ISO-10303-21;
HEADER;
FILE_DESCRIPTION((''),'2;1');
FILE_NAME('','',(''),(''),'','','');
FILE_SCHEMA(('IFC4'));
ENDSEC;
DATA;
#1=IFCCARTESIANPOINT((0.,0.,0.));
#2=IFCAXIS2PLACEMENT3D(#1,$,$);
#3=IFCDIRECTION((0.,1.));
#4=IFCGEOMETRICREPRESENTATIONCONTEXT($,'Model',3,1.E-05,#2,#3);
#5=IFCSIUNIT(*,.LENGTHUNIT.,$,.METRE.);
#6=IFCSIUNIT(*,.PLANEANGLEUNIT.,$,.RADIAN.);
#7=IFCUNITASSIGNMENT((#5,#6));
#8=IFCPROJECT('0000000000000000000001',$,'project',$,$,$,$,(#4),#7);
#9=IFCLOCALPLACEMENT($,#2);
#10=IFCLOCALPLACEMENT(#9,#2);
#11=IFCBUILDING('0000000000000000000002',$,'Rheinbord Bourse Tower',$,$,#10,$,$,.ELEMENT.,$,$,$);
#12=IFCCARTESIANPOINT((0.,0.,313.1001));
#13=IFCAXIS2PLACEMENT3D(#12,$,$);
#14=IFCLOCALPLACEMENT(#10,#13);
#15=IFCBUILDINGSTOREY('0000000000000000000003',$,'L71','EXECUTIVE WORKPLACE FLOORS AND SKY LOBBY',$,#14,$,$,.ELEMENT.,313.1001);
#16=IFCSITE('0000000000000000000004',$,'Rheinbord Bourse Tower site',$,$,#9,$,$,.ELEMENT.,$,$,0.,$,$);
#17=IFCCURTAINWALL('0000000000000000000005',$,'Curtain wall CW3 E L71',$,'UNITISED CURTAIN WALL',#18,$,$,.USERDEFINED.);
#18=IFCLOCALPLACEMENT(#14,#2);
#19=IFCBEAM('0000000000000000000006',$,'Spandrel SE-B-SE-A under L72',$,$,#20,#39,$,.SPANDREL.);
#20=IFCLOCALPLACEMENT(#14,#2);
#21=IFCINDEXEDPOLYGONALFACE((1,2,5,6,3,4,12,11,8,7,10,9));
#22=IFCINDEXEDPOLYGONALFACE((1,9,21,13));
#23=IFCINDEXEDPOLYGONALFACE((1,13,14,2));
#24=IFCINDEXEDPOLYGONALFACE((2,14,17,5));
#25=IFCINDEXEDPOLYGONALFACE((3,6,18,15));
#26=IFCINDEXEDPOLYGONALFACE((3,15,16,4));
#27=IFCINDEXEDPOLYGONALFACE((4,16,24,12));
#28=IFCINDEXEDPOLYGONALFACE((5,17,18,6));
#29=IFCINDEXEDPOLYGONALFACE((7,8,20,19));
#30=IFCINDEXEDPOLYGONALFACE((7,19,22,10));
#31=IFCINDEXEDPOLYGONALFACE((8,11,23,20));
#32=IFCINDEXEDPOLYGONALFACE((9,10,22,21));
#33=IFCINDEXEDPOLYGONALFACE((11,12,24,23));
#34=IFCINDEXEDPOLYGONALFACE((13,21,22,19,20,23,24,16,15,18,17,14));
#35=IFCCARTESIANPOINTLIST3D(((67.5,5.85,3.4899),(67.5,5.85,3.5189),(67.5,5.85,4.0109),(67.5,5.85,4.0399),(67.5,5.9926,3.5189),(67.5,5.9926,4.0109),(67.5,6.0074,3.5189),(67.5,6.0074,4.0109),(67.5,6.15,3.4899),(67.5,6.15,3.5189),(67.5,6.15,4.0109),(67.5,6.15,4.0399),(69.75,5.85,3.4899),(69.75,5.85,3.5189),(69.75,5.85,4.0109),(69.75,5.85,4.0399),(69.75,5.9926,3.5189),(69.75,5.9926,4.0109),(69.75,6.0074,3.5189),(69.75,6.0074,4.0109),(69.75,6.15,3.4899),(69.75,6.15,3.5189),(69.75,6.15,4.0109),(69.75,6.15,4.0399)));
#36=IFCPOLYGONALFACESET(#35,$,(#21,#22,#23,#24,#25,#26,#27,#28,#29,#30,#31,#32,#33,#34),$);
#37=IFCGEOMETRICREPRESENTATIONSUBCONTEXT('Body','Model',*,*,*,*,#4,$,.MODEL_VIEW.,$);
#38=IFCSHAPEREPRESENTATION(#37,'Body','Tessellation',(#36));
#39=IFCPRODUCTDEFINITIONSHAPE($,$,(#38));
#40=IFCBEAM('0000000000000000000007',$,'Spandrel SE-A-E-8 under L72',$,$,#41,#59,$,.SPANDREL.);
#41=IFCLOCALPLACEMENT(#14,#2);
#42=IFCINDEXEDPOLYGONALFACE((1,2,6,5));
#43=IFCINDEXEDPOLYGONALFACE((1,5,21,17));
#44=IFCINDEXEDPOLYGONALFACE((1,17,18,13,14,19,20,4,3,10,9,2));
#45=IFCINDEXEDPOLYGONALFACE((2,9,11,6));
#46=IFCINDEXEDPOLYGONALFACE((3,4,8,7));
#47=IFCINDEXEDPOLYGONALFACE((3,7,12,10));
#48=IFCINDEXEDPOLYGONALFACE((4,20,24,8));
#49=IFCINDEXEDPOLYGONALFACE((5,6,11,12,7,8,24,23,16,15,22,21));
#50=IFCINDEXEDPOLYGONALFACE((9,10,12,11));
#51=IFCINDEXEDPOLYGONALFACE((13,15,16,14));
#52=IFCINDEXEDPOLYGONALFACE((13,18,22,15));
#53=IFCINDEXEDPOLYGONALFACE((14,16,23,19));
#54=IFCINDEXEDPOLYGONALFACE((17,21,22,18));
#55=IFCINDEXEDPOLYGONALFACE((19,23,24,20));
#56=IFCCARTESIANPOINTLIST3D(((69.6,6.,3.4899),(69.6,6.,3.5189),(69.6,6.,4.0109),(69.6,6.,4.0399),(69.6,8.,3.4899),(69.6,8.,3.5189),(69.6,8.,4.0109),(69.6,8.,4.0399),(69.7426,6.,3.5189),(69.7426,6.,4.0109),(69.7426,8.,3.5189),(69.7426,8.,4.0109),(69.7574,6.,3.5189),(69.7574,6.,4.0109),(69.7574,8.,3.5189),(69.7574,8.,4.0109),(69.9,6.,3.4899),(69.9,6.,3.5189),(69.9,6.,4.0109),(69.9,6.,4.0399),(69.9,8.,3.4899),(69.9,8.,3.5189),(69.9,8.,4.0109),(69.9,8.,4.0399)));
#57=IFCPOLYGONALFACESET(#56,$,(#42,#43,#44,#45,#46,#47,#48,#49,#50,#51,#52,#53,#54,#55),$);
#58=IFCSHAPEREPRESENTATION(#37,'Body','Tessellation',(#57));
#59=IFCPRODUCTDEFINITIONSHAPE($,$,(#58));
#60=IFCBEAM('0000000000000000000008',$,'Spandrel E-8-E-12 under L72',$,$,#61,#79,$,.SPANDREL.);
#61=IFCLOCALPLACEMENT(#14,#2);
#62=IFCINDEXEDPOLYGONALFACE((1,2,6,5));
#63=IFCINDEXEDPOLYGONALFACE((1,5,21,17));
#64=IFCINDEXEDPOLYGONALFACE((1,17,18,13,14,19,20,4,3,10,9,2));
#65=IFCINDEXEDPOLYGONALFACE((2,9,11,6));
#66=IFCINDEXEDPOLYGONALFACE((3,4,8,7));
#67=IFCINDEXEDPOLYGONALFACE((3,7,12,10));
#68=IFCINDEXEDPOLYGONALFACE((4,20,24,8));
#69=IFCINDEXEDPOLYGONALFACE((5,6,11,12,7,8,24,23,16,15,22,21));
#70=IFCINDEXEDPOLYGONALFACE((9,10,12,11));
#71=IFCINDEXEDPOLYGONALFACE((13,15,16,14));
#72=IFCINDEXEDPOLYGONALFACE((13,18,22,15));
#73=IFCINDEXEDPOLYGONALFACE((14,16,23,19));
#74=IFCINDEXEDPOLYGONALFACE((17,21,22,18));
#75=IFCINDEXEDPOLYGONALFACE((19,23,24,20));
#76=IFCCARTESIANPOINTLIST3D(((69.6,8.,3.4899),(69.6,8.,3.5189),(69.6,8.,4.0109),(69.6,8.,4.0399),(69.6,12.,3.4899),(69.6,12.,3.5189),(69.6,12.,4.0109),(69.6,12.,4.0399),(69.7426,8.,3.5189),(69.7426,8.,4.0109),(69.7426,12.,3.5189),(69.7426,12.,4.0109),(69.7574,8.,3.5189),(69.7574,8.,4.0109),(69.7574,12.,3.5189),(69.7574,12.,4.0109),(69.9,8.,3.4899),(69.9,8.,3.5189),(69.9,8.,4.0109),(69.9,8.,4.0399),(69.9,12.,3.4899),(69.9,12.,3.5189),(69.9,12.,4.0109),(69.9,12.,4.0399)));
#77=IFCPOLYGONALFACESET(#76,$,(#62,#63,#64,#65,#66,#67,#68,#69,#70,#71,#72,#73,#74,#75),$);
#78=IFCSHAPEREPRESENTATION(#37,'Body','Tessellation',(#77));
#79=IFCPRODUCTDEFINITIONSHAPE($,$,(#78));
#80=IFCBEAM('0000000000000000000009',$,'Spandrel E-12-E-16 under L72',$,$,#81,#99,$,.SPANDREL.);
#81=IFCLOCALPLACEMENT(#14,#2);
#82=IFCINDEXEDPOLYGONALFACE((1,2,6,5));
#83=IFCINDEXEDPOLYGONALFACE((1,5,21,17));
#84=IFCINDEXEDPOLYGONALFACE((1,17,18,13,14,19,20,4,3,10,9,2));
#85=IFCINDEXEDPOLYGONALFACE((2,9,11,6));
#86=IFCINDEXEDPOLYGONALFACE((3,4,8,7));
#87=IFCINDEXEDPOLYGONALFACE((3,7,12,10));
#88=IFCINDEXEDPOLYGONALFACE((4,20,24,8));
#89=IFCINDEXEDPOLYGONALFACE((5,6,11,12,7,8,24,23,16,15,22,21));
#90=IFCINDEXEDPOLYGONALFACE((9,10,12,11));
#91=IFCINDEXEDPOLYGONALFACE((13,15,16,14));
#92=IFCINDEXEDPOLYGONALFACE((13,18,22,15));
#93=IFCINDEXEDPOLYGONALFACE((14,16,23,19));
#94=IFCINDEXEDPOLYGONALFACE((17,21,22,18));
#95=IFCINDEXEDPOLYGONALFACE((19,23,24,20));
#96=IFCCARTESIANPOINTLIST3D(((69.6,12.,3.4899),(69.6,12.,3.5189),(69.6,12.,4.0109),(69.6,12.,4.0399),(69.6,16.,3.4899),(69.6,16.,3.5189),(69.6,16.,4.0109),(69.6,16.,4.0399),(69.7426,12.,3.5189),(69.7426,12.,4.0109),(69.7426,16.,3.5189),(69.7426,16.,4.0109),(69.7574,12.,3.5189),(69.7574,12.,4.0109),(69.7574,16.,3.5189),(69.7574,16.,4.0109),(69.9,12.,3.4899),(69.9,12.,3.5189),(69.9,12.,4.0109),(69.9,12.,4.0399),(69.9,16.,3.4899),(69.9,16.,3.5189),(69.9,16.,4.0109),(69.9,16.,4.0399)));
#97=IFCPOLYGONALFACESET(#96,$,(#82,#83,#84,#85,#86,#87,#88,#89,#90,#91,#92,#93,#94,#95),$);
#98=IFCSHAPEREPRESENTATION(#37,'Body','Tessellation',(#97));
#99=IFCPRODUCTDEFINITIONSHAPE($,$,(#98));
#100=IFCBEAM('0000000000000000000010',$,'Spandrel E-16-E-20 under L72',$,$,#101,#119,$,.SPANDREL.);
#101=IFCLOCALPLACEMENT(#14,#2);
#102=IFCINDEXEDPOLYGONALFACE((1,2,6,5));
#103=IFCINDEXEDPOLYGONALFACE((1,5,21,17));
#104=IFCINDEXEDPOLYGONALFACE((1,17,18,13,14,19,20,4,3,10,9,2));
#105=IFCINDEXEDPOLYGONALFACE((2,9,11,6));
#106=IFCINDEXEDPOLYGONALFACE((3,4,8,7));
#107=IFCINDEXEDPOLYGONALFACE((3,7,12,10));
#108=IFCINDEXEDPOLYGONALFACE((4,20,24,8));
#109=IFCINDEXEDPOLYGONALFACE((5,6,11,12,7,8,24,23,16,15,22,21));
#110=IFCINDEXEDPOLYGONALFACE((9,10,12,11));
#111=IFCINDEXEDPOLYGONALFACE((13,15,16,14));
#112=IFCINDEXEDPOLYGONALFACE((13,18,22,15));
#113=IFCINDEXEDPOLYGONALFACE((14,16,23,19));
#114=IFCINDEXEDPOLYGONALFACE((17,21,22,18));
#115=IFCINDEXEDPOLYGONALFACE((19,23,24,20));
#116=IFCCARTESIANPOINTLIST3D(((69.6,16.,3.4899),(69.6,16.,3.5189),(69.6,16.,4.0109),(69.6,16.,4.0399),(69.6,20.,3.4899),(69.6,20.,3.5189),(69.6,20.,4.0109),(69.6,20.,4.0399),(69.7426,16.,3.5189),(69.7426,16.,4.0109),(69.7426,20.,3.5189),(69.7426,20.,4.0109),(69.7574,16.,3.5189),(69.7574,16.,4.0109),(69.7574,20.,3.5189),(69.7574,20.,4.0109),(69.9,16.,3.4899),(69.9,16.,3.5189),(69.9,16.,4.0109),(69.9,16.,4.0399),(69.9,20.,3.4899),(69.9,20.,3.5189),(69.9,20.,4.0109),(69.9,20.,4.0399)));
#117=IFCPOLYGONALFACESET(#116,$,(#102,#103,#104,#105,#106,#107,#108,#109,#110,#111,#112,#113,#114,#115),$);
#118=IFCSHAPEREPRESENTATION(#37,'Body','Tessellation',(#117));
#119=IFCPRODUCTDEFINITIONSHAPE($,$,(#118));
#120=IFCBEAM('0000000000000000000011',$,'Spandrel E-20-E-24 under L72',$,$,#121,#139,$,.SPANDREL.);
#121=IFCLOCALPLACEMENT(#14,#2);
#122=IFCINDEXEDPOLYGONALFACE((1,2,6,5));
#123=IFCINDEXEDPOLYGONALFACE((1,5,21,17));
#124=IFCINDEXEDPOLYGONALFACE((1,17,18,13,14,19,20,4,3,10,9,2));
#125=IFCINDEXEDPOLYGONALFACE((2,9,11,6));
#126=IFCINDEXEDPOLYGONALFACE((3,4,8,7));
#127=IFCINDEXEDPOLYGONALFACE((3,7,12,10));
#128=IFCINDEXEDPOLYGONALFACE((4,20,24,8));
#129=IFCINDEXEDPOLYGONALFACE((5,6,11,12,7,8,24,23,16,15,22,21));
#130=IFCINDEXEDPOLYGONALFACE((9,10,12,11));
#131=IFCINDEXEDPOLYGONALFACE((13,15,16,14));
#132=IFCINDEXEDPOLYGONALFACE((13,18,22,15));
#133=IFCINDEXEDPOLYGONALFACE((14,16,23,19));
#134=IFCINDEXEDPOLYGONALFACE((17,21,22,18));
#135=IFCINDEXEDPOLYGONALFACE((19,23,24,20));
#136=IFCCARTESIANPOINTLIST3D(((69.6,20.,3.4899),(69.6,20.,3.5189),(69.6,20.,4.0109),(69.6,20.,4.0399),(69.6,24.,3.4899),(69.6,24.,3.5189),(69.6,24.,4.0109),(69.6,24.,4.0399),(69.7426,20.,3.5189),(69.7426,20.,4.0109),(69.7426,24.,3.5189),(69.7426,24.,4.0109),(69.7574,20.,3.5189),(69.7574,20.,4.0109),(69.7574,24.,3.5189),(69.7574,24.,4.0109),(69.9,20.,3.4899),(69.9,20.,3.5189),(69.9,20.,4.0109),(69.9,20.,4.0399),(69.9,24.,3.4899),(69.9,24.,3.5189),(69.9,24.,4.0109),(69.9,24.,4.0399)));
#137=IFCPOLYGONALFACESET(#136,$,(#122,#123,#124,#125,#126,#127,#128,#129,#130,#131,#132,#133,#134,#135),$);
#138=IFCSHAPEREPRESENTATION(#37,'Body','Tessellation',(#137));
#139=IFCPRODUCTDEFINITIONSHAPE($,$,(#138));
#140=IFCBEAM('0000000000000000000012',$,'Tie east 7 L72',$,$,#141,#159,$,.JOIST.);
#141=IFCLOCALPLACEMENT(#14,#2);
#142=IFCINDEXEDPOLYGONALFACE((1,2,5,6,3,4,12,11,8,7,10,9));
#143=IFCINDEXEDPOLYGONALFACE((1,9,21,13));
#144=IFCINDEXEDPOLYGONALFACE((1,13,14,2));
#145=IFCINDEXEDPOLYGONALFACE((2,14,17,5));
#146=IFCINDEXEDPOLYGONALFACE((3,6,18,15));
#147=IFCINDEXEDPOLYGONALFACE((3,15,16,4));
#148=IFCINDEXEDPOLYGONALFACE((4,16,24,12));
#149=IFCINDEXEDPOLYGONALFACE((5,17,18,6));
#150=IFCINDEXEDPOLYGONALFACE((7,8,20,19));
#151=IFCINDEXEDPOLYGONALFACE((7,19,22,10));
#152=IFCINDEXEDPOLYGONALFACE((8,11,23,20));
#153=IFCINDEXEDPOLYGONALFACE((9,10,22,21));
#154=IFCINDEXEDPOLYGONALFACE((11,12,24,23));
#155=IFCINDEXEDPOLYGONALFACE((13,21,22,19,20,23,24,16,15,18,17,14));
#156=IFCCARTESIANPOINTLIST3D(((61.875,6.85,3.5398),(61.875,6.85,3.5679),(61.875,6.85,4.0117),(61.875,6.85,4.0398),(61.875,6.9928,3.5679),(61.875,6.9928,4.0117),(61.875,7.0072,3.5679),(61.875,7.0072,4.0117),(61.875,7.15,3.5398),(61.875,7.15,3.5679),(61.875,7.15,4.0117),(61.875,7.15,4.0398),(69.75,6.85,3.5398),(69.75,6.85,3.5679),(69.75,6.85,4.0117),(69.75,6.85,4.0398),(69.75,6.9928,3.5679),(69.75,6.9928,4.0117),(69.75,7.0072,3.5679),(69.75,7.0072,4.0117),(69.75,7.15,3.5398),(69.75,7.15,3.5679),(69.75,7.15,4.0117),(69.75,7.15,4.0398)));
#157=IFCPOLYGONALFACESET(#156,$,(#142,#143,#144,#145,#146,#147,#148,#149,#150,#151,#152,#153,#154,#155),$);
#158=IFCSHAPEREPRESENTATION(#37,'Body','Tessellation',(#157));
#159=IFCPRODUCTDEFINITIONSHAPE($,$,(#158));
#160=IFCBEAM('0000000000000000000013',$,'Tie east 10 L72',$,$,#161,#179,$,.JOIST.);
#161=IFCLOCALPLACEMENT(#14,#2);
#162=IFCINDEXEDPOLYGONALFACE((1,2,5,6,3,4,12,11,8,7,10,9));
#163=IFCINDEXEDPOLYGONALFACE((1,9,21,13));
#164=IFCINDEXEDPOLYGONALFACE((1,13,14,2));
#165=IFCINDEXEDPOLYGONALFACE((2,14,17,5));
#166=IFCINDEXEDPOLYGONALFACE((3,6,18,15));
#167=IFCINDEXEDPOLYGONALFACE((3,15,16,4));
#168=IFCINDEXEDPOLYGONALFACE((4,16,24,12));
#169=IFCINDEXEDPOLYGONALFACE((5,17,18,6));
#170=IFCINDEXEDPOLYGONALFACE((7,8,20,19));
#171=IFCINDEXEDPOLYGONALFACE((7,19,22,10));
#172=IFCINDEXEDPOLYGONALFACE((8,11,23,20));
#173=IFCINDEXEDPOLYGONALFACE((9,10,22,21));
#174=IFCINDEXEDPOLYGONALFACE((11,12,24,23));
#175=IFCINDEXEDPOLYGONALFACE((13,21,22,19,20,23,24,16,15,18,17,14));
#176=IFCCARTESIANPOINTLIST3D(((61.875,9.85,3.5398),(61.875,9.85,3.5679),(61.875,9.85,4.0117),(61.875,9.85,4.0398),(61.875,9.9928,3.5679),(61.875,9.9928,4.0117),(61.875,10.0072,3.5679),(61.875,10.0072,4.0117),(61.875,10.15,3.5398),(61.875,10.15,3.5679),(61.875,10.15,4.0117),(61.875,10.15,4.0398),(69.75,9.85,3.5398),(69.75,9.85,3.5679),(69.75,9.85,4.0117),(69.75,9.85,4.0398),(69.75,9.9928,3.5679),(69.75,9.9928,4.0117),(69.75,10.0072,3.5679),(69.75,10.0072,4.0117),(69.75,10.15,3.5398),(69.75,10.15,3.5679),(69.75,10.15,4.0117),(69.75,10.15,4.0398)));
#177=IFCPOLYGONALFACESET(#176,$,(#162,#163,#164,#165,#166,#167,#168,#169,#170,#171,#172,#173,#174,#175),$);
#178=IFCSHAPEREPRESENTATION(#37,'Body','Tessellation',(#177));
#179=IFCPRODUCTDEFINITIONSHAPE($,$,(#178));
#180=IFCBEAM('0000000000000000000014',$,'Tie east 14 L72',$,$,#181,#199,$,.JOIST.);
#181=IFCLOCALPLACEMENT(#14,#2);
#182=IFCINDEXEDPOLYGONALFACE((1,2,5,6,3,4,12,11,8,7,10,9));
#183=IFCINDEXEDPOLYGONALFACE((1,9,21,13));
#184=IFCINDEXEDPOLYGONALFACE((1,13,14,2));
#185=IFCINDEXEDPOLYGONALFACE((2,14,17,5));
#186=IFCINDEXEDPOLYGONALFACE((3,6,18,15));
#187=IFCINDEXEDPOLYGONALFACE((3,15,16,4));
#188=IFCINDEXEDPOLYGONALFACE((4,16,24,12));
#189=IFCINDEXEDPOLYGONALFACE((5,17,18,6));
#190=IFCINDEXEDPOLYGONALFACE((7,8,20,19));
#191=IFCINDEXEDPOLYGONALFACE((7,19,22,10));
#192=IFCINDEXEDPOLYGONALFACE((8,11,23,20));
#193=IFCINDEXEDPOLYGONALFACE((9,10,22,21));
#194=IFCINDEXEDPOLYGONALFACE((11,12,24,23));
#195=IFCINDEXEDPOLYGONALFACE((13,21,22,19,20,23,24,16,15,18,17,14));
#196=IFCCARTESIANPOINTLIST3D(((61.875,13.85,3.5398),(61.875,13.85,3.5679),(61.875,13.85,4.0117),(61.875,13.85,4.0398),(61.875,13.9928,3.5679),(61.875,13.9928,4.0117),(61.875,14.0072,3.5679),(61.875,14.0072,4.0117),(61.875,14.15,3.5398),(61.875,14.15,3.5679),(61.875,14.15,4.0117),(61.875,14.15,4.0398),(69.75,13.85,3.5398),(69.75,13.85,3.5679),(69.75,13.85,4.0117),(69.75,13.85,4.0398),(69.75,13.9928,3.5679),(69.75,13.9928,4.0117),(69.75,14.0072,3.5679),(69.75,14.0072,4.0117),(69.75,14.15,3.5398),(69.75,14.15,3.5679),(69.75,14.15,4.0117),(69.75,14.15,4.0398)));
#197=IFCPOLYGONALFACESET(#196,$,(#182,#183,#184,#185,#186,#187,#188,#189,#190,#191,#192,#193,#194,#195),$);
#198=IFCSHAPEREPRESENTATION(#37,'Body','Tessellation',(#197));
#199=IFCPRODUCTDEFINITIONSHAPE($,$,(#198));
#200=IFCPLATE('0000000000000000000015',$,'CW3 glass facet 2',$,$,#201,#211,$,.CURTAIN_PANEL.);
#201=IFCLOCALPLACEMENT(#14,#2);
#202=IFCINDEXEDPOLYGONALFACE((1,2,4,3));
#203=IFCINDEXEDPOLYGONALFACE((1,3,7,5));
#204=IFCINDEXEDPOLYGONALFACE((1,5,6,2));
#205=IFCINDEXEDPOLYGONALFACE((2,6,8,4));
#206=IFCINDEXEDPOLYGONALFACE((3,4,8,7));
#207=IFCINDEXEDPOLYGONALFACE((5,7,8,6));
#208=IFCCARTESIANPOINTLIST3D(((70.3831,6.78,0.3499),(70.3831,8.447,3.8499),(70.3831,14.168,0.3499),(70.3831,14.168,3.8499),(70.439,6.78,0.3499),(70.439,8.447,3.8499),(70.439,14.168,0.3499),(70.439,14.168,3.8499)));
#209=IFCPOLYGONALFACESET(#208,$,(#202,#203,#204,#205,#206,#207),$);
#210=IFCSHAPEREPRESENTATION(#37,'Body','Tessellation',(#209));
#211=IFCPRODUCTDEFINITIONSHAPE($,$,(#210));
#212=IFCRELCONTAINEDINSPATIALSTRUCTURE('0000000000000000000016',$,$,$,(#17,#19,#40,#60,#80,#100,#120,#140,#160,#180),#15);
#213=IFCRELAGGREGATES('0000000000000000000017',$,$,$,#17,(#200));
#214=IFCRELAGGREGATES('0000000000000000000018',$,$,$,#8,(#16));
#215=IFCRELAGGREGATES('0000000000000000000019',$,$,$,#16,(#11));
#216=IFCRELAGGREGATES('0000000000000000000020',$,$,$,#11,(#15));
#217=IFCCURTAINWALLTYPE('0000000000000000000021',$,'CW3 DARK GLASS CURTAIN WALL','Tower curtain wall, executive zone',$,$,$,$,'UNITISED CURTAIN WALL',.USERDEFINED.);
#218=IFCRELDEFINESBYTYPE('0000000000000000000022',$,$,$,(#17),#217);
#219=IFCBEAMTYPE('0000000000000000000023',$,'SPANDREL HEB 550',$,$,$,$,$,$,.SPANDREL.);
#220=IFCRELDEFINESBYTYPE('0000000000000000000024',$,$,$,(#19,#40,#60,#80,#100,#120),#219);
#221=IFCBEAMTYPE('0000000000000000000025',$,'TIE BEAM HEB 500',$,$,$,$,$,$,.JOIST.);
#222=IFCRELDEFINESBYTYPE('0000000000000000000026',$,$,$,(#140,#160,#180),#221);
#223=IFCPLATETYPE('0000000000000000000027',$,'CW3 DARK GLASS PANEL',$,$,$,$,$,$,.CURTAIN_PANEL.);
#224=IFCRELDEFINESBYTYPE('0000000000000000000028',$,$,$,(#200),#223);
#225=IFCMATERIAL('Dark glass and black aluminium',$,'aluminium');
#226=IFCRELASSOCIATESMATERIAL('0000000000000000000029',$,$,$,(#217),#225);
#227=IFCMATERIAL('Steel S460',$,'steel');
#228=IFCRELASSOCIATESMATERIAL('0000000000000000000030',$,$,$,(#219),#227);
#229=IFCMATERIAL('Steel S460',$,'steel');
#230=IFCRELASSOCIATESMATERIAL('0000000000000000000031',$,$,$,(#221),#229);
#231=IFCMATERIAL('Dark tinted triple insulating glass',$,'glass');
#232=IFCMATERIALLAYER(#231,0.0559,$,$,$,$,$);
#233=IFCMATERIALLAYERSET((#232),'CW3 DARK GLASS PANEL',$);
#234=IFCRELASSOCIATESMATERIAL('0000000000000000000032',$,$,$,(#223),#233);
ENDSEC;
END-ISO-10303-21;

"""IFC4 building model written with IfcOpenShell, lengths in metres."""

from ifc_helpers import new_model, si_unit, direction, frame, origin, origin_2d, place, context, subcontext, project, spatial, polyline, i_section, outline, extrude, material, layer, layer_set, material_profile, profile_set, type_object, element, aggregate, save


model = new_model("IFC4")

# Units and contexts
model_context = context("Model", 3, precision=1e-05, world=origin(), true_north=direction((0.0, 1.0)))
body_context = subcontext(model_context, "Body", "Model", "MODEL_VIEW")
ifc_project = project(units=[si_unit("LENGTHUNIT", "METRE"), si_unit("PLANEANGLEUNIT", "RADIAN")], contexts=[model_context])

# Site, building, storey
site_placement = place(None, origin())
site = spatial("IfcSite", under=ifc_project, at=site_placement, Name="Rheinbord Bourse Tower site", CompositionType="ELEMENT", RefElevation=0.0)
building_placement = place(site_placement, origin())
building = spatial("IfcBuilding", under=site, at=building_placement, Name="Rheinbord Bourse Tower", CompositionType="ELEMENT")
storey_placement = place(building_placement, frame((0.0, 0.0, 313.1001)))
storey = spatial("IfcBuildingStorey", under=building, at=storey_placement, Name="L71", Description="EXECUTIVE WORKPLACE FLOORS AND SKY LOBBY", CompositionType="ELEMENT", Elevation=313.1001)

# Curtain wall
ifc_material_1 = material(Name="Dark glass and black aluminium", Category="aluminium")
curtain_wall_type = type_object("IfcCurtainWallType", Name="CW3 DARK GLASS CURTAIN WALL", Description="Tower curtain wall, executive zone", ElementType="UNITISED CURTAIN WALL", PredefinedType="USERDEFINED", material=ifc_material_1)
curtain_wall_placement = place(storey_placement, origin())
curtain_wall = element("IfcCurtainWall", 1, at=curtain_wall_placement, inside=storey, type_object=curtain_wall_type, Name="Curtain wall CW3 E L71", ObjectType="UNITISED CURTAIN WALL", PredefinedType="USERDEFINED")

# Beams
ifc_material_2 = material(Name="Steel S460", Category="steel")
ifc_material_profile_1 = material_profile(ifc_material_2, i_section(OverallWidth=0.3, OverallDepth=0.55, WebThickness=0.0149, FlangeThickness=0.0291, at=origin_2d()), Name="HEB 550")
ifc_profile_set_1 = profile_set([ifc_material_profile_1], Name="Steel S460")
beam_type_1 = type_object("IfcBeamType", Name="SPANDREL HEB 550", PredefinedType="SPANDREL", material=ifc_profile_set_1)
beam_1_placement = place(storey_placement, frame((67.5, 6.0, 3.7649), z_axis=(1.0, 0.0, 0.0), x_axis=(0.0, 1.0, 0.0)))
element("IfcBeam", 2, at=beam_1_placement, inside=storey, type_object=beam_type_1, Name="Spandrel SE-B-SE-A under L72", PredefinedType="SPANDREL", context=body_context, shape_type="SweptSolid", body=[
    extrude(i_section(OverallWidth=0.3, OverallDepth=0.55, WebThickness=0.0149, FlangeThickness=0.0291, at=origin_2d()), origin(), (0.0, 0.0, 1.0), 2.25),
])
beam_2_placement = place(storey_placement, frame((69.75, 6.0, 3.7649), z_axis=(0.0, 1.0, 0.0), x_axis=(-1.0, 0.0, 0.0)))
element("IfcBeam", 3, at=beam_2_placement, inside=storey, type_object=beam_type_1, Name="Spandrel SE-A-E-8 under L72", PredefinedType="SPANDREL", context=body_context, shape_type="SweptSolid", body=[
    extrude(i_section(OverallWidth=0.3, OverallDepth=0.55, WebThickness=0.0149, FlangeThickness=0.0291, at=origin_2d()), origin(), (0.0, 0.0, 1.0), 2.0),
])
for number, where, z_axis, x_axis, name in (
    (4, (69.75, 8.0, 3.7649), (0.0, 1.0, 0.0), (-1.0, 0.0, 0.0), "Spandrel E-8-E-12 under L72"),
    (5, (69.75, 12.0, 3.7649), (0.0, 1.0, 0.0), (-1.0, 0.0, 0.0), "Spandrel E-12-E-16 under L72"),
    (6, (69.75, 16.0, 3.7649), (0.0, 1.0, 0.0), (-1.0, 0.0, 0.0), "Spandrel E-16-E-20 under L72"),
    (7, (69.75, 20.0, 3.7649), (0.0, 1.0, 0.0), (-1.0, 0.0, 0.0), "Spandrel E-20-E-24 under L72"),
):
    element("IfcBeam", number, at=place(storey_placement, frame(where, z_axis=z_axis, x_axis=x_axis)), inside=storey, type_object=beam_type_1, Name=name, PredefinedType="SPANDREL", context=body_context, shape_type="SweptSolid", body=[
        extrude(i_section(OverallWidth=0.3, OverallDepth=0.55, WebThickness=0.0149, FlangeThickness=0.0291, at=origin_2d()), origin(), (0.0, 0.0, 1.0), 4.0),
    ])
ifc_material_3 = material(Name="Steel S460", Category="steel")
ifc_material_profile_2 = material_profile(ifc_material_3, i_section(OverallWidth=0.3, OverallDepth=0.5, WebThickness=0.0144, FlangeThickness=0.0281, at=origin_2d()), Name="HEB 500")
ifc_profile_set_2 = profile_set([ifc_material_profile_2], Name="Steel S460")
beam_type_2 = type_object("IfcBeamType", Name="TIE BEAM HEB 500", PredefinedType="JOIST", material=ifc_profile_set_2)
for number, where, z_axis, x_axis, name in (
    (8, (61.875, 7.0, 3.7898), (1.0, 0.0, 0.0), (0.0, 1.0, 0.0), "Tie east 7 L72"),
    (9, (61.875, 10.0, 3.7898), (1.0, 0.0, 0.0), (0.0, 1.0, 0.0), "Tie east 10 L72"),
    (10, (61.875, 14.0, 3.7898), (1.0, 0.0, 0.0), (0.0, 1.0, 0.0), "Tie east 14 L72"),
):
    element("IfcBeam", number, at=place(storey_placement, frame(where, z_axis=z_axis, x_axis=x_axis)), inside=storey, type_object=beam_type_2, Name=name, PredefinedType="JOIST", context=body_context, shape_type="SweptSolid", body=[
        extrude(i_section(OverallWidth=0.3, OverallDepth=0.5, WebThickness=0.0144, FlangeThickness=0.0281, at=origin_2d()), origin(), (0.0, 0.0, 1.0), 7.875),
    ])

# Plate
ifc_material_4 = material(Name="Dark tinted triple insulating glass", Category="glass")
ifc_layer_1 = layer(ifc_material_4, 0.0559)
ifc_layer_set_1 = layer_set([ifc_layer_1], Name="CW3 DARK GLASS PANEL")
plate_type = type_object("IfcPlateType", Name="CW3 DARK GLASS PANEL", PredefinedType="CURTAIN_PANEL", material=ifc_layer_set_1)
plate_1_placement = place(storey_placement, frame((70.439, 14.168, 3.8499), z_axis=(-1.0, 0.0, 0.0), x_axis=(0.0, 0.0, -1.0)))
plate_1 = element("IfcPlate", 11, at=plate_1_placement, type_object=plate_type, Name="CW3 glass facet 2", PredefinedType="CURTAIN_PANEL", context=body_context, shape_type="SweptSolid", body=[
    extrude(outline(polyline([(0.0, 0.0), (3.5, 0.0), (3.5, 7.3879), (0.0, 5.7209), (0.0, 0.0)])), origin(), (0.0, 0.0, 1.0), 0.0559),
])
aggregate(curtain_wall, [plate_1])

save(model, "model.ifc")
